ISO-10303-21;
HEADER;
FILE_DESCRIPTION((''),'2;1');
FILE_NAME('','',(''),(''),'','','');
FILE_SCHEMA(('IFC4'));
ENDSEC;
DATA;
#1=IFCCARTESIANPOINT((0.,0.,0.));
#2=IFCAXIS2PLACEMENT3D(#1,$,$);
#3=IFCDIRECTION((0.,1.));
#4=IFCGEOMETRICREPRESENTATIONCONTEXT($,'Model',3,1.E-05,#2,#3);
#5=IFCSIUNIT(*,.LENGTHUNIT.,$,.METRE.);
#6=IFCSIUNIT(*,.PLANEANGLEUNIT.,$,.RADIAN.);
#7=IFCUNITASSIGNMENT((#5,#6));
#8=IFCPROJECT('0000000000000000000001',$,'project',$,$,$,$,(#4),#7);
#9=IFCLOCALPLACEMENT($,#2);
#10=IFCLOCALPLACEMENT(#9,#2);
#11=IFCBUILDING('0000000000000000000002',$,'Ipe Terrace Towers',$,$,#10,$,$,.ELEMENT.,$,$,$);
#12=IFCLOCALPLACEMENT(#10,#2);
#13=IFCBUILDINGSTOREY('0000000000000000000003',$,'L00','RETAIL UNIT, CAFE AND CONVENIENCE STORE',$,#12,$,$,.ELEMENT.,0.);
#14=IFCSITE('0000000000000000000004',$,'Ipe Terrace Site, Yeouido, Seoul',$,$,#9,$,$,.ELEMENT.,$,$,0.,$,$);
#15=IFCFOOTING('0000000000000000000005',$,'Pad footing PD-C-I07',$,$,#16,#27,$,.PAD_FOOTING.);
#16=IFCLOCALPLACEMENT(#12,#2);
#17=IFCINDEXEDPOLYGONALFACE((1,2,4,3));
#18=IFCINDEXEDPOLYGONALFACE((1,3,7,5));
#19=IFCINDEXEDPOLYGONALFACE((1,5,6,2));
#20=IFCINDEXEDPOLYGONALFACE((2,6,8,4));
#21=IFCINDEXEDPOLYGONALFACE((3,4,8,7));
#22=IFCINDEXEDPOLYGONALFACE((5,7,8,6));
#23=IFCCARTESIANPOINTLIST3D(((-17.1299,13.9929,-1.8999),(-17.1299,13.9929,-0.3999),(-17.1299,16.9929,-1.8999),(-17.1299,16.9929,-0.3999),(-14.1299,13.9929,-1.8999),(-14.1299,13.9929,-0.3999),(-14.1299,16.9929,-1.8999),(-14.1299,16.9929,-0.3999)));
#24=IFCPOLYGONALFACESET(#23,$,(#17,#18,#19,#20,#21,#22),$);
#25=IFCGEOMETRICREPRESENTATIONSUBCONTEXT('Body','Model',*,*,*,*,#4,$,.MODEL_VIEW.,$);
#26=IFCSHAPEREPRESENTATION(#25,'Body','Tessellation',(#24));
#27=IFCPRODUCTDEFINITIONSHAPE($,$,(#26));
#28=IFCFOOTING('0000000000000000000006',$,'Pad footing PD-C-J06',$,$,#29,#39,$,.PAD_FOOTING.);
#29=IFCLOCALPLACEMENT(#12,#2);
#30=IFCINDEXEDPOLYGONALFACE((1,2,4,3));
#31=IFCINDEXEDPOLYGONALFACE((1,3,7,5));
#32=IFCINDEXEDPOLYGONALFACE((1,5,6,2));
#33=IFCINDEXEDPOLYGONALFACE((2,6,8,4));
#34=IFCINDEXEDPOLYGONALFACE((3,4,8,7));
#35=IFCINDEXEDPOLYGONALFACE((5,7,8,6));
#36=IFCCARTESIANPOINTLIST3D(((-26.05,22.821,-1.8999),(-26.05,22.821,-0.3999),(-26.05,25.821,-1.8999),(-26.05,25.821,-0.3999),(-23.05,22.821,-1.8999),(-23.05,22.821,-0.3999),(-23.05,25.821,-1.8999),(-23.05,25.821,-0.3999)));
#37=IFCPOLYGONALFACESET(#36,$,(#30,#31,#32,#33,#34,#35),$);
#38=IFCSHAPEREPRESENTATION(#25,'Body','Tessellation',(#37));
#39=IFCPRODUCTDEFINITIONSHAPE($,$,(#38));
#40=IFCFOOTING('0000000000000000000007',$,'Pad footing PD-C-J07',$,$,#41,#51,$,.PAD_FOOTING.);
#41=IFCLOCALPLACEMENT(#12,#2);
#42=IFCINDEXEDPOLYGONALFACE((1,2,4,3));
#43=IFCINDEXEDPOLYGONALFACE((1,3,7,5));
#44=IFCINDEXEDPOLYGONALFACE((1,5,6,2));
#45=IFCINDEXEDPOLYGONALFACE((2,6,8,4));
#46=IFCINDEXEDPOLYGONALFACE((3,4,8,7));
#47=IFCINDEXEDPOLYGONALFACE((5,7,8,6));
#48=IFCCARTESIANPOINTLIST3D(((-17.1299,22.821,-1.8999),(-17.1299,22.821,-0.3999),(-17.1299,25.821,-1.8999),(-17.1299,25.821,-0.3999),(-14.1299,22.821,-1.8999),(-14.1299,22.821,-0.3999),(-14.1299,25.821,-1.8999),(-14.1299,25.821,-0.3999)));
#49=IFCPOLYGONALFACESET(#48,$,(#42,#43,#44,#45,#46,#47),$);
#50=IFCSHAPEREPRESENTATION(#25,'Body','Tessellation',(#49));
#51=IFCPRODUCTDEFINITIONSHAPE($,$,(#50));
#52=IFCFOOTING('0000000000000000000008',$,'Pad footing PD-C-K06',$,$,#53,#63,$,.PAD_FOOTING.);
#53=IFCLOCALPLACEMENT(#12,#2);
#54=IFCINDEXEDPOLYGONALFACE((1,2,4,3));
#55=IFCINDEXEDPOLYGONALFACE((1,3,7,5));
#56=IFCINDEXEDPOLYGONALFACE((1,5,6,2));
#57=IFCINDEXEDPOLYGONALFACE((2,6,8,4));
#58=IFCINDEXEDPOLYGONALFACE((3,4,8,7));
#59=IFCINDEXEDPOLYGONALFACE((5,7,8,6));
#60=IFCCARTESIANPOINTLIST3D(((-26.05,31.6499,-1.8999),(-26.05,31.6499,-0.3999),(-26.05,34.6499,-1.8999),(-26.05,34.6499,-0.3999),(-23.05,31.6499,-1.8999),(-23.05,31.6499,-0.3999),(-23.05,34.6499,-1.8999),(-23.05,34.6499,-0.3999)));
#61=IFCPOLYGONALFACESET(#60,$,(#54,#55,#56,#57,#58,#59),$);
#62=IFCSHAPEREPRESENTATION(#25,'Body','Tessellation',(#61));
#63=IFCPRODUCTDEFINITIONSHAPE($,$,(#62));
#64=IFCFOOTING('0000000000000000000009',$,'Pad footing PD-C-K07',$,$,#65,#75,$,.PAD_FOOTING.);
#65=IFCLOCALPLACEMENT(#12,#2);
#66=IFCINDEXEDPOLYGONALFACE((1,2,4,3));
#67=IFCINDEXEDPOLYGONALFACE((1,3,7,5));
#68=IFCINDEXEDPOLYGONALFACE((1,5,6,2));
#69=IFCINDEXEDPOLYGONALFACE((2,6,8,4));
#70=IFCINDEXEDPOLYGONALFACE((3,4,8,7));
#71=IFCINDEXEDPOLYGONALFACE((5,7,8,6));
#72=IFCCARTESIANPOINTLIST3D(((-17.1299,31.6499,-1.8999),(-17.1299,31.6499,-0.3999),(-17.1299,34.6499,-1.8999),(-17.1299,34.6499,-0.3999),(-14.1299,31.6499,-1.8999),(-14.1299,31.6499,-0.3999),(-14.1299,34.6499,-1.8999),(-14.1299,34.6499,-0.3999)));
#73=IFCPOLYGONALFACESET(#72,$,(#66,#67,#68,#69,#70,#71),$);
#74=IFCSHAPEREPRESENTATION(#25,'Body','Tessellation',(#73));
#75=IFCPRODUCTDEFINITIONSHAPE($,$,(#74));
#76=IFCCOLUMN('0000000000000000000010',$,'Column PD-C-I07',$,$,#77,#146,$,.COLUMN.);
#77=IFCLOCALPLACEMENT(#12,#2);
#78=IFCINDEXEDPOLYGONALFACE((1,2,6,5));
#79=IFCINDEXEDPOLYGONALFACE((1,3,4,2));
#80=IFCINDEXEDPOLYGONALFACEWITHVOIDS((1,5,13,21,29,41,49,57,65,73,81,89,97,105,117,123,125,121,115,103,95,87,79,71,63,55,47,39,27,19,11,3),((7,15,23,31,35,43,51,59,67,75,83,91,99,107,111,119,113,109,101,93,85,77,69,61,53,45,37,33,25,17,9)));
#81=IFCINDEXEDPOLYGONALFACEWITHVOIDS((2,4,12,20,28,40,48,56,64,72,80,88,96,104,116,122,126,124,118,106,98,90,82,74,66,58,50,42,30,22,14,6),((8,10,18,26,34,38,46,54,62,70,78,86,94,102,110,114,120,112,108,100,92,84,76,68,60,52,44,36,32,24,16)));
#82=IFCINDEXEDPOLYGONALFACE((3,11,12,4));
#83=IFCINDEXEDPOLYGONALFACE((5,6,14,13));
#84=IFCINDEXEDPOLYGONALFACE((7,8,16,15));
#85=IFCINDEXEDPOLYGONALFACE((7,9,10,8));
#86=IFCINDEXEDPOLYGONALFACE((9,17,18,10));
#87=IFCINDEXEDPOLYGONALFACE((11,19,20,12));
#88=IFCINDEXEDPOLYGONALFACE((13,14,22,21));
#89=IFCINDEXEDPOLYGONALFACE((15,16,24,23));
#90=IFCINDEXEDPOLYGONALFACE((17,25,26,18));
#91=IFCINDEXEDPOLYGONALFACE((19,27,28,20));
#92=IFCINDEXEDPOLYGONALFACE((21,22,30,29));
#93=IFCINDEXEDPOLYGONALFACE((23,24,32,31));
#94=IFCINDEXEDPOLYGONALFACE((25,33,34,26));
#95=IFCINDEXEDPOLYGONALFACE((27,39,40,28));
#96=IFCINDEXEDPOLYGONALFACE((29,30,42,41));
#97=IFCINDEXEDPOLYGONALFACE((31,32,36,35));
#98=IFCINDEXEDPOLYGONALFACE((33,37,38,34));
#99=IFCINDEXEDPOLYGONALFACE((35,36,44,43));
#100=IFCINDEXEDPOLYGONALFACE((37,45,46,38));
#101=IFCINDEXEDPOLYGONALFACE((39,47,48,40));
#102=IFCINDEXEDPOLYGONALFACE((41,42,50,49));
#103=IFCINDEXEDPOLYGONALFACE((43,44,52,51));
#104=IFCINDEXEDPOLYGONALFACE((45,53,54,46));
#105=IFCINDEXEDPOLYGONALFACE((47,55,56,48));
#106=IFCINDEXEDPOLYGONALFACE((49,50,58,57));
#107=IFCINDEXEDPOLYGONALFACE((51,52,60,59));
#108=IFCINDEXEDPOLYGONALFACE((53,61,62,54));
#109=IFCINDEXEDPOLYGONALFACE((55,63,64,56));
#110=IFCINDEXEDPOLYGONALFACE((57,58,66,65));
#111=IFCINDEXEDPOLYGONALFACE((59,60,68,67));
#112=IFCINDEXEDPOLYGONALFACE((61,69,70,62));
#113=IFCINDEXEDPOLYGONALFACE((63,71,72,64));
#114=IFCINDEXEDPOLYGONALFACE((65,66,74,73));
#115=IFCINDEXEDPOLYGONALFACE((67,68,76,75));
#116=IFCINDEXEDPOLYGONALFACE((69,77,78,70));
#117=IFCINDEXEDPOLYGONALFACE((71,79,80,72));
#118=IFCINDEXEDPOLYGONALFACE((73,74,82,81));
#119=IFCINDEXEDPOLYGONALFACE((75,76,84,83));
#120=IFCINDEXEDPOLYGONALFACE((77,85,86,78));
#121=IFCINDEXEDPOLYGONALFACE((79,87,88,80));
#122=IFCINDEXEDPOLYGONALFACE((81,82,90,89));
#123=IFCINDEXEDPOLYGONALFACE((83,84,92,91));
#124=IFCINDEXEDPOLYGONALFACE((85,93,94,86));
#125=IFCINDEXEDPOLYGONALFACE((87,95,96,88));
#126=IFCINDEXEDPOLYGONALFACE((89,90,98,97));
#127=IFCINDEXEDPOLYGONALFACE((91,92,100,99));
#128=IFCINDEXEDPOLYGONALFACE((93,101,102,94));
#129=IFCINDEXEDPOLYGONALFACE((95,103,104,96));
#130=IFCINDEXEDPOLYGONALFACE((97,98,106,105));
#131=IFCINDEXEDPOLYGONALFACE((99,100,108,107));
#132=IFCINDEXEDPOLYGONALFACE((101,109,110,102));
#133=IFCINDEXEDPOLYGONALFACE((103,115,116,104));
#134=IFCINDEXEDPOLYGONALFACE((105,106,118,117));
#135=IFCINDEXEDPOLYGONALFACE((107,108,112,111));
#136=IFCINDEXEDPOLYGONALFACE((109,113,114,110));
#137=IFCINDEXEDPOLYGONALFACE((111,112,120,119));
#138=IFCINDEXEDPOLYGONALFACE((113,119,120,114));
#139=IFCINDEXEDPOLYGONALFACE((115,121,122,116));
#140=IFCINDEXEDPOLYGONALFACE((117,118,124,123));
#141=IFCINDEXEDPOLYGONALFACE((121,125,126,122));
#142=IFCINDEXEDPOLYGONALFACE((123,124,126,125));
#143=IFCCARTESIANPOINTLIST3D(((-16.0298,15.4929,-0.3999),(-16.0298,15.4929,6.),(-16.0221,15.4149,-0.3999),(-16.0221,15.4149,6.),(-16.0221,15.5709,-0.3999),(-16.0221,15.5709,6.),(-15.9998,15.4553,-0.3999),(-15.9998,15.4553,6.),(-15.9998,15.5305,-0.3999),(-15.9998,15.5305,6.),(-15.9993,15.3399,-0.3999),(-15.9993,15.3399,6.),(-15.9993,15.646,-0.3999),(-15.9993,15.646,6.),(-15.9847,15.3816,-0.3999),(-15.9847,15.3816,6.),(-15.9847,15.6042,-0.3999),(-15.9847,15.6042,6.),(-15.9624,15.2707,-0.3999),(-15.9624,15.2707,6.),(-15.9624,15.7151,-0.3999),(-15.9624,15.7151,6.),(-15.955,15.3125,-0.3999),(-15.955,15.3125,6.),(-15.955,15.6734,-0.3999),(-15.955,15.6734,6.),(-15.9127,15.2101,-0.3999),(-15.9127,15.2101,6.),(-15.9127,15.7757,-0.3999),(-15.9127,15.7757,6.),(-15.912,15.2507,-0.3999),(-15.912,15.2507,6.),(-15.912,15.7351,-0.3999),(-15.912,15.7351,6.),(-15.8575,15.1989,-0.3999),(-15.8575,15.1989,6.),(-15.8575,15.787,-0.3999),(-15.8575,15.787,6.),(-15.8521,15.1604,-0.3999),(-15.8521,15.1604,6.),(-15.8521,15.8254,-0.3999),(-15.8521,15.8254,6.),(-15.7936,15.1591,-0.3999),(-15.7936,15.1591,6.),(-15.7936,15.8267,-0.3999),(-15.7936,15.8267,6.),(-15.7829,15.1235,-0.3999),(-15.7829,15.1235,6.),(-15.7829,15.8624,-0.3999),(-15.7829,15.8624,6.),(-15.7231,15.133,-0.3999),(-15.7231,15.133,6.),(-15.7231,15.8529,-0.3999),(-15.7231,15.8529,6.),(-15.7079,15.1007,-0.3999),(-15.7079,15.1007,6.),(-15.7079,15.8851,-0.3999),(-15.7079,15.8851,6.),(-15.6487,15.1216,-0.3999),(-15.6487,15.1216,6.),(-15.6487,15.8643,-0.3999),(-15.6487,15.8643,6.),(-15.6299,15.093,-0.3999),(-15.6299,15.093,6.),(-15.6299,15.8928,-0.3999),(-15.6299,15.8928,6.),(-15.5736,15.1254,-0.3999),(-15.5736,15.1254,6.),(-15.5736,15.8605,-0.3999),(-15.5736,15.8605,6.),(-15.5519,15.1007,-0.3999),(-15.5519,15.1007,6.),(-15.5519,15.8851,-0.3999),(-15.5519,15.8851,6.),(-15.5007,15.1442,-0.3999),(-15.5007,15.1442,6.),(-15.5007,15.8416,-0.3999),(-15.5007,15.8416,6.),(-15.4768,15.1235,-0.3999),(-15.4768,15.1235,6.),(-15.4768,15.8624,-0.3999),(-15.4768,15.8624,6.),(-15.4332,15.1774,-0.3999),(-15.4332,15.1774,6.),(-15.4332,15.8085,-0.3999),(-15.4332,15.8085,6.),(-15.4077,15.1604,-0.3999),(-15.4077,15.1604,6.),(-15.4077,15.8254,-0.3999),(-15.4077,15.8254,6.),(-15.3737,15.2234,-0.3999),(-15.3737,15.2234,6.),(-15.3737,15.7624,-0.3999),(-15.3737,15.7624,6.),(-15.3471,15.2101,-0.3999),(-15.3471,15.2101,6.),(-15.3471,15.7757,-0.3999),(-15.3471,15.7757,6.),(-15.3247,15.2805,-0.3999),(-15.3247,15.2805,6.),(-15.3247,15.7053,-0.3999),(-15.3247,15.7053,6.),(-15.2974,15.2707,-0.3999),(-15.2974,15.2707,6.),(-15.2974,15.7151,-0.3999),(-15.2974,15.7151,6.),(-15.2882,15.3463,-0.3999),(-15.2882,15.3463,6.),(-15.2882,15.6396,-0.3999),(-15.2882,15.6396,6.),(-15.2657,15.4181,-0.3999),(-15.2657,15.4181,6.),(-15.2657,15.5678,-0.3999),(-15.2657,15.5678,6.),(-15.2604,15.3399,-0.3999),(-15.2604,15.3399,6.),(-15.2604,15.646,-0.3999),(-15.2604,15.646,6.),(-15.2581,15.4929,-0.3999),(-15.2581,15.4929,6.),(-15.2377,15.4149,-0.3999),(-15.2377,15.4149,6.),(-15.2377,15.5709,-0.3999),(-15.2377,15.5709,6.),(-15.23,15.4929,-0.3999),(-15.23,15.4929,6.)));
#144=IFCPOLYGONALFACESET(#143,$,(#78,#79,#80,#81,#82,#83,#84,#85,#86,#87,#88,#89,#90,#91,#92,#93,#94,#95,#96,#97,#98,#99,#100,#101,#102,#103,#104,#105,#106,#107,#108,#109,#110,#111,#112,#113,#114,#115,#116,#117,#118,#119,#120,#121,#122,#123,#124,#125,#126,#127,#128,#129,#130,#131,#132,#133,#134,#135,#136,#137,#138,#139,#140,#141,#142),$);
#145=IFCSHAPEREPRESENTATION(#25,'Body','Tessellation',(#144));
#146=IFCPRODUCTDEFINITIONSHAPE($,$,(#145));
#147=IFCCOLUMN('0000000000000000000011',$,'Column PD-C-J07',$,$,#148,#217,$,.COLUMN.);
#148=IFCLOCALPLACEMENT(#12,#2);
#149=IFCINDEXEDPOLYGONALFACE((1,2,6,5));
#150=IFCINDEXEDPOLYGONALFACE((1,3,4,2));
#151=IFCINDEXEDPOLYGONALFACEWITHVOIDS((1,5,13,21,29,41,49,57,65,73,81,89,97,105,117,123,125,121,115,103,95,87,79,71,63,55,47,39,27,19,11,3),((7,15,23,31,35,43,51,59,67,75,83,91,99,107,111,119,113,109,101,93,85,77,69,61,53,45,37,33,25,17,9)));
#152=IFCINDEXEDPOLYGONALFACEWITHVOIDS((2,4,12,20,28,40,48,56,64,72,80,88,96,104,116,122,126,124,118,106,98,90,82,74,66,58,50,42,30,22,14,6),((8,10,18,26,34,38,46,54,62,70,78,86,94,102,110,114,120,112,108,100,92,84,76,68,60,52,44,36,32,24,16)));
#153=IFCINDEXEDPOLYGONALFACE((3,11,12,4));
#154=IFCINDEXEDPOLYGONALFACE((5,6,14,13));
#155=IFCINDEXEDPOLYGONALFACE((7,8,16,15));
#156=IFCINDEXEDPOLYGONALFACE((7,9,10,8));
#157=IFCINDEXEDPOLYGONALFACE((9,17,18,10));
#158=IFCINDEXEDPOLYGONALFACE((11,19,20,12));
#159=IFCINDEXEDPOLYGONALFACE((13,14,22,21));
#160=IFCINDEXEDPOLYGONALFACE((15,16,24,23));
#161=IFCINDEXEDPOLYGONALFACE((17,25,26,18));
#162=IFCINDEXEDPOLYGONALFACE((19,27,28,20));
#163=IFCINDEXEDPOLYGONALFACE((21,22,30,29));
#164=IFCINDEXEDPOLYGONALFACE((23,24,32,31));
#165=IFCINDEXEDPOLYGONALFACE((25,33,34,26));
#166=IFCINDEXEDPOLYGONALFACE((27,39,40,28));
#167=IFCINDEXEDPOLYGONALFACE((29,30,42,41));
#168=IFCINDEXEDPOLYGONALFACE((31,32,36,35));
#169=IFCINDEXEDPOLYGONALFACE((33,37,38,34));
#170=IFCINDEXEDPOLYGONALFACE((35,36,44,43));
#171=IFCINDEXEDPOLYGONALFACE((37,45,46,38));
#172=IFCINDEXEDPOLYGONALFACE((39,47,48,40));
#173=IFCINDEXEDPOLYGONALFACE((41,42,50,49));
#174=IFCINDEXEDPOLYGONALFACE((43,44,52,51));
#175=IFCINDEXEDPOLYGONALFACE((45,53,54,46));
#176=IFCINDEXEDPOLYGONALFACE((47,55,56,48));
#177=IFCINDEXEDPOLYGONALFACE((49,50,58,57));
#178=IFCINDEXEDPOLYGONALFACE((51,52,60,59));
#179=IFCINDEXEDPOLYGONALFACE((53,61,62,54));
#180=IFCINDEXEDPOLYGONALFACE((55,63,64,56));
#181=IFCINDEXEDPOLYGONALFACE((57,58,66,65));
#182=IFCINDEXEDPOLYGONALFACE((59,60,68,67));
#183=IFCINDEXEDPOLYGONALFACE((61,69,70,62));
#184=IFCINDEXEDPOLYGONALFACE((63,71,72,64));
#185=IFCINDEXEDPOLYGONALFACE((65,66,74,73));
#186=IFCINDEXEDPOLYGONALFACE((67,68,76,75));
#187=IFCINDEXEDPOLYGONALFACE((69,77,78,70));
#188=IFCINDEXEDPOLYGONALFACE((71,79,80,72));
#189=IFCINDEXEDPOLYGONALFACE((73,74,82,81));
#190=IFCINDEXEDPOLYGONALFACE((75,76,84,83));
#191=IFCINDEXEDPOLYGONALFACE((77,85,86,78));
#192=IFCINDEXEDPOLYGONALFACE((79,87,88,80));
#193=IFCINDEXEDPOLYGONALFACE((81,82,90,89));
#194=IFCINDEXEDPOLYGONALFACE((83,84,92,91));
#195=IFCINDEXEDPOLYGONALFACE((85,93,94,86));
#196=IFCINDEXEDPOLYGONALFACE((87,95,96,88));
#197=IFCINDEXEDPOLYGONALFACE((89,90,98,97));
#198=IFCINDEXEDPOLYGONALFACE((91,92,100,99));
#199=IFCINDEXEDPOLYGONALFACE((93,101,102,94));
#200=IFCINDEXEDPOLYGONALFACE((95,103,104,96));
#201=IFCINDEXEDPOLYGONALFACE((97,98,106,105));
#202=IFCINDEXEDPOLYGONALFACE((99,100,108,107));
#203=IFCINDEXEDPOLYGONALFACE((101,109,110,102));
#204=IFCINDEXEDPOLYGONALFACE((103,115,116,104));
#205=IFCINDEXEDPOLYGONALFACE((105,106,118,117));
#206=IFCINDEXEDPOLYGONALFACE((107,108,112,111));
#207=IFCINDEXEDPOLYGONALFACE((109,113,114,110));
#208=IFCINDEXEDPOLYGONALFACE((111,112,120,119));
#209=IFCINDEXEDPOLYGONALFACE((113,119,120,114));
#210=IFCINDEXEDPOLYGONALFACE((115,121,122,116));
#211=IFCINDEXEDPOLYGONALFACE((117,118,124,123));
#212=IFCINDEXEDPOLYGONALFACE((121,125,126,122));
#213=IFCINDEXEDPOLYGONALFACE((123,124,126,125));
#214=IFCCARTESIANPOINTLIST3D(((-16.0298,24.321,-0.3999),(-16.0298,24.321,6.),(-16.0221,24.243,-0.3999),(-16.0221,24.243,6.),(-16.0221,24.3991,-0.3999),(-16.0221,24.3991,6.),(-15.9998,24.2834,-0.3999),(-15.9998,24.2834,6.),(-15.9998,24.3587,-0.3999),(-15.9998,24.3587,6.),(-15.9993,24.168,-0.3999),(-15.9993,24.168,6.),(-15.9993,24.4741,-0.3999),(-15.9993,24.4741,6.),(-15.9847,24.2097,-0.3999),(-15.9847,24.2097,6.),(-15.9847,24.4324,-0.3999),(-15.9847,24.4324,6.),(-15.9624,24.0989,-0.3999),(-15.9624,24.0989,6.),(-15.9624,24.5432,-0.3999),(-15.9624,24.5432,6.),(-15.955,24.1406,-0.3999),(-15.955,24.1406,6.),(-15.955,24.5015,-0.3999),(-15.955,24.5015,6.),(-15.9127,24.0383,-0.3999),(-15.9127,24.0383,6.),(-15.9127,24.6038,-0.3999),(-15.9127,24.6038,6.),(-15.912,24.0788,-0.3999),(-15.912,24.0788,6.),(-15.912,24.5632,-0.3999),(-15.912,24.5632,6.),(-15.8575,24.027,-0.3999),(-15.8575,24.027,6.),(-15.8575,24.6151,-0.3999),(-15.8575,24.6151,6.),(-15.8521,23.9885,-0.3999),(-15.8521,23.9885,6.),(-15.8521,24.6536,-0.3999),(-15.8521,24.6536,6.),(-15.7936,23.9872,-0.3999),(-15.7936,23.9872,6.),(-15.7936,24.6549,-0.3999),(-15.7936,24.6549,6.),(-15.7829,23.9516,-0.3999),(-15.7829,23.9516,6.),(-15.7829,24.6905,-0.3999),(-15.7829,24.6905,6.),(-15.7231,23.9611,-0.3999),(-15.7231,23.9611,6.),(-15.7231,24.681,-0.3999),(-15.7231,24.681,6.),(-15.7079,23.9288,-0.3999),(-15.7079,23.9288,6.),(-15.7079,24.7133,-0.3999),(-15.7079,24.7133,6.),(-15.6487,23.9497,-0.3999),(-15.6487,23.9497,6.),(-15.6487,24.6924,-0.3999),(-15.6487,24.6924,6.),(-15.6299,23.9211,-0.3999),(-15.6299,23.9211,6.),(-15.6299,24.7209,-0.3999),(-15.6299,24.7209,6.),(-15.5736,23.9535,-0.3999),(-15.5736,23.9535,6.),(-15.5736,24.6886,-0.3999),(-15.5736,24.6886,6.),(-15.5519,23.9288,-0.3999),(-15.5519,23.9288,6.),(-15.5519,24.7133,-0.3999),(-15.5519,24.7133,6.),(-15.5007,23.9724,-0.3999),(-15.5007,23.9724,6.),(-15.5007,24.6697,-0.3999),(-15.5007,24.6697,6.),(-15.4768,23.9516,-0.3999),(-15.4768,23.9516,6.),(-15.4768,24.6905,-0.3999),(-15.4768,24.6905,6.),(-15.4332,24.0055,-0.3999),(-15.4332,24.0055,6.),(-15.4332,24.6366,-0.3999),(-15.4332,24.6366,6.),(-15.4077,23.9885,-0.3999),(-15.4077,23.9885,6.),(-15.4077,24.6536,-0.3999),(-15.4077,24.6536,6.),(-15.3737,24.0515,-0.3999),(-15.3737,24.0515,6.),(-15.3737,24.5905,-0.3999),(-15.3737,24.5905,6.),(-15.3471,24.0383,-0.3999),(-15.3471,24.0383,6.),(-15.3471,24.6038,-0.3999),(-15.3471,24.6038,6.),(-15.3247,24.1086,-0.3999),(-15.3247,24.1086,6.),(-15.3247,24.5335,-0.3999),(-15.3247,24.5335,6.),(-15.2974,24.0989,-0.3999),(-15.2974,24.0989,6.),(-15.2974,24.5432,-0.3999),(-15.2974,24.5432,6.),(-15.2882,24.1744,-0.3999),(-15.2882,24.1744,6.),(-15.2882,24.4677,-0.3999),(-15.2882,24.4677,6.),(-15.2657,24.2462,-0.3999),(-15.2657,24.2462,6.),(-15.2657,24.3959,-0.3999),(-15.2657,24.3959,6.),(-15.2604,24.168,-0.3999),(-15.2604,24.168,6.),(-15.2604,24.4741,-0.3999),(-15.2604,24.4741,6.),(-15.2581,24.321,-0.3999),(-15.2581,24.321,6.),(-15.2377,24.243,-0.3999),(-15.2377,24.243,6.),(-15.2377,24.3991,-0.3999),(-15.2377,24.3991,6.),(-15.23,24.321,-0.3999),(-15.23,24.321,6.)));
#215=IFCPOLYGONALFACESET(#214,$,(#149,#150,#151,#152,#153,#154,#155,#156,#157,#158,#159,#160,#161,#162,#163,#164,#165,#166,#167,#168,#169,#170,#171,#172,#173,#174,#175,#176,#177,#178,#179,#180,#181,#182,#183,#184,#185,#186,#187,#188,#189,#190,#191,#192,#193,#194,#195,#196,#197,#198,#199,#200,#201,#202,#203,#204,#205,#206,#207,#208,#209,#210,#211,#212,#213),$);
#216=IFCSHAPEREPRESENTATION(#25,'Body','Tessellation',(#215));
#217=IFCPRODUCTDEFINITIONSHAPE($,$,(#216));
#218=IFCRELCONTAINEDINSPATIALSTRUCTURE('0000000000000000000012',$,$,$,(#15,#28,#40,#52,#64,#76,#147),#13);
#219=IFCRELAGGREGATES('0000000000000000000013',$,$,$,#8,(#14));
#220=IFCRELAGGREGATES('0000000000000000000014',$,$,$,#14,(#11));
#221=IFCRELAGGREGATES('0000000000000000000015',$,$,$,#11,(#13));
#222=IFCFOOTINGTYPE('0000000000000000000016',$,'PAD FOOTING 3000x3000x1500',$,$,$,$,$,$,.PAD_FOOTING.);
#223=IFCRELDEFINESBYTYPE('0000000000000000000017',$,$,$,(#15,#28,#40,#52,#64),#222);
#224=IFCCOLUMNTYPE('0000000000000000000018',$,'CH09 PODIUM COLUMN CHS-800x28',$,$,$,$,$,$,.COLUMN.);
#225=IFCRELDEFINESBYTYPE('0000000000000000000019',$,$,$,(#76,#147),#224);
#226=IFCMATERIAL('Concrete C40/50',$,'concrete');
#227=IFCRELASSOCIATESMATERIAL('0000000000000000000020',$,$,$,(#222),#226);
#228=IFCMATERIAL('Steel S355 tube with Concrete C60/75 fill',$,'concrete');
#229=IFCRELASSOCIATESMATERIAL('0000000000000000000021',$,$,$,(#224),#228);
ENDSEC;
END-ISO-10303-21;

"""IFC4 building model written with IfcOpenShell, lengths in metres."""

from ifc_helpers import new_model, si_unit, direction, frame, origin, origin_2d, place, context, subcontext, project, spatial, rectangle, hollow_circle, extrude, material, material_profile, profile_set, type_object, element, save


model = new_model("IFC4")

# Units and contexts
model_context = context("Model", 3, precision=1e-05, world=origin(), true_north=direction((0.0, 1.0)))
body_context = subcontext(model_context, "Body", "Model", "MODEL_VIEW")
ifc_project = project(units=[si_unit("LENGTHUNIT", "METRE"), si_unit("PLANEANGLEUNIT", "RADIAN")], contexts=[model_context])

# Site, building, storey
site_placement = place(None, origin())
site = spatial("IfcSite", under=ifc_project, at=site_placement, Name="Ipe Terrace Site, Yeouido, Seoul", CompositionType="ELEMENT", RefElevation=0.0)
building_placement = place(site_placement, origin())
building = spatial("IfcBuilding", under=site, at=building_placement, Name="Ipe Terrace Towers", CompositionType="ELEMENT")
storey_placement = place(building_placement, origin())
storey = spatial("IfcBuildingStorey", under=building, at=storey_placement, Name="L00", Description="RETAIL UNIT, CAFE AND CONVENIENCE STORE", CompositionType="ELEMENT", Elevation=0.0)

# Footings
ifc_material_1 = material(Name="Concrete C40/50", Category="concrete")
footing_type = type_object("IfcFootingType", Name="PAD FOOTING 3000x3000x1500", PredefinedType="PAD_FOOTING", material=ifc_material_1)
for number, where, z_axis, x_axis, name in (
    (1, (-15.6299, 15.4929, -1.8999), (0.0, 0.0, 1.0), (1.0, 0.0, 0.0), "Pad footing PD-C-I07"),
    (2, (-24.55, 24.321, -1.8999), (0.0, 0.0, 1.0), (1.0, 0.0, 0.0), "Pad footing PD-C-J06"),
    (3, (-15.6299, 24.321, -1.8999), (0.0, 0.0, 1.0), (1.0, 0.0, 0.0), "Pad footing PD-C-J07"),
    (4, (-24.55, 33.1499, -1.8999), (0.0, 0.0, 1.0), (1.0, 0.0, 0.0), "Pad footing PD-C-K06"),
    (5, (-15.6299, 33.1499, -1.8999), (0.0, 0.0, 1.0), (1.0, 0.0, 0.0), "Pad footing PD-C-K07"),
):
    element("IfcFooting", number, at=place(storey_placement, frame(where, z_axis=z_axis, x_axis=x_axis)), inside=storey, type_object=footing_type, Name=name, PredefinedType="PAD_FOOTING", context=body_context, shape_type="SweptSolid", body=[
        extrude(rectangle(XDim=3.0, YDim=3.0, at=origin_2d()), origin(), (0.0, 0.0, 1.0), 1.5),
    ])

# Columns
ifc_material_2 = material(Name="Steel S355 tube with Concrete C60/75 fill", Category="concrete")
ifc_material_profile_1 = material_profile(ifc_material_2, hollow_circle(Radius=0.3999, WallThickness=0.0281, at=origin_2d()), Name="CHS-800x28")
ifc_profile_set_1 = profile_set([ifc_material_profile_1], Name="Steel S355 tube with Concrete C60/75 fill")
column_type = type_object("IfcColumnType", Name="CH09 PODIUM COLUMN CHS-800x28", PredefinedType="COLUMN", material=ifc_profile_set_1)
for number, where, z_axis, x_axis, name in (
    (6, (-15.6299, 15.4929, -0.3999), (0.0, 0.0, 1.0), (1.0, 0.0, 0.0), "Column PD-C-I07"),
    (7, (-15.6299, 24.321, -0.3999), (0.0, 0.0, 1.0), (1.0, 0.0, 0.0), "Column PD-C-J07"),
):
    element("IfcColumn", number, at=place(storey_placement, frame(where, z_axis=z_axis, x_axis=x_axis)), inside=storey, type_object=column_type, Name=name, PredefinedType="COLUMN", context=body_context, shape_type="SweptSolid", body=[
        extrude(hollow_circle(Radius=0.3999, WallThickness=0.0281, at=origin_2d()), origin(), (0.0, 0.0, 1.0), 6.3999),
    ])

save(model, "model.ifc")
